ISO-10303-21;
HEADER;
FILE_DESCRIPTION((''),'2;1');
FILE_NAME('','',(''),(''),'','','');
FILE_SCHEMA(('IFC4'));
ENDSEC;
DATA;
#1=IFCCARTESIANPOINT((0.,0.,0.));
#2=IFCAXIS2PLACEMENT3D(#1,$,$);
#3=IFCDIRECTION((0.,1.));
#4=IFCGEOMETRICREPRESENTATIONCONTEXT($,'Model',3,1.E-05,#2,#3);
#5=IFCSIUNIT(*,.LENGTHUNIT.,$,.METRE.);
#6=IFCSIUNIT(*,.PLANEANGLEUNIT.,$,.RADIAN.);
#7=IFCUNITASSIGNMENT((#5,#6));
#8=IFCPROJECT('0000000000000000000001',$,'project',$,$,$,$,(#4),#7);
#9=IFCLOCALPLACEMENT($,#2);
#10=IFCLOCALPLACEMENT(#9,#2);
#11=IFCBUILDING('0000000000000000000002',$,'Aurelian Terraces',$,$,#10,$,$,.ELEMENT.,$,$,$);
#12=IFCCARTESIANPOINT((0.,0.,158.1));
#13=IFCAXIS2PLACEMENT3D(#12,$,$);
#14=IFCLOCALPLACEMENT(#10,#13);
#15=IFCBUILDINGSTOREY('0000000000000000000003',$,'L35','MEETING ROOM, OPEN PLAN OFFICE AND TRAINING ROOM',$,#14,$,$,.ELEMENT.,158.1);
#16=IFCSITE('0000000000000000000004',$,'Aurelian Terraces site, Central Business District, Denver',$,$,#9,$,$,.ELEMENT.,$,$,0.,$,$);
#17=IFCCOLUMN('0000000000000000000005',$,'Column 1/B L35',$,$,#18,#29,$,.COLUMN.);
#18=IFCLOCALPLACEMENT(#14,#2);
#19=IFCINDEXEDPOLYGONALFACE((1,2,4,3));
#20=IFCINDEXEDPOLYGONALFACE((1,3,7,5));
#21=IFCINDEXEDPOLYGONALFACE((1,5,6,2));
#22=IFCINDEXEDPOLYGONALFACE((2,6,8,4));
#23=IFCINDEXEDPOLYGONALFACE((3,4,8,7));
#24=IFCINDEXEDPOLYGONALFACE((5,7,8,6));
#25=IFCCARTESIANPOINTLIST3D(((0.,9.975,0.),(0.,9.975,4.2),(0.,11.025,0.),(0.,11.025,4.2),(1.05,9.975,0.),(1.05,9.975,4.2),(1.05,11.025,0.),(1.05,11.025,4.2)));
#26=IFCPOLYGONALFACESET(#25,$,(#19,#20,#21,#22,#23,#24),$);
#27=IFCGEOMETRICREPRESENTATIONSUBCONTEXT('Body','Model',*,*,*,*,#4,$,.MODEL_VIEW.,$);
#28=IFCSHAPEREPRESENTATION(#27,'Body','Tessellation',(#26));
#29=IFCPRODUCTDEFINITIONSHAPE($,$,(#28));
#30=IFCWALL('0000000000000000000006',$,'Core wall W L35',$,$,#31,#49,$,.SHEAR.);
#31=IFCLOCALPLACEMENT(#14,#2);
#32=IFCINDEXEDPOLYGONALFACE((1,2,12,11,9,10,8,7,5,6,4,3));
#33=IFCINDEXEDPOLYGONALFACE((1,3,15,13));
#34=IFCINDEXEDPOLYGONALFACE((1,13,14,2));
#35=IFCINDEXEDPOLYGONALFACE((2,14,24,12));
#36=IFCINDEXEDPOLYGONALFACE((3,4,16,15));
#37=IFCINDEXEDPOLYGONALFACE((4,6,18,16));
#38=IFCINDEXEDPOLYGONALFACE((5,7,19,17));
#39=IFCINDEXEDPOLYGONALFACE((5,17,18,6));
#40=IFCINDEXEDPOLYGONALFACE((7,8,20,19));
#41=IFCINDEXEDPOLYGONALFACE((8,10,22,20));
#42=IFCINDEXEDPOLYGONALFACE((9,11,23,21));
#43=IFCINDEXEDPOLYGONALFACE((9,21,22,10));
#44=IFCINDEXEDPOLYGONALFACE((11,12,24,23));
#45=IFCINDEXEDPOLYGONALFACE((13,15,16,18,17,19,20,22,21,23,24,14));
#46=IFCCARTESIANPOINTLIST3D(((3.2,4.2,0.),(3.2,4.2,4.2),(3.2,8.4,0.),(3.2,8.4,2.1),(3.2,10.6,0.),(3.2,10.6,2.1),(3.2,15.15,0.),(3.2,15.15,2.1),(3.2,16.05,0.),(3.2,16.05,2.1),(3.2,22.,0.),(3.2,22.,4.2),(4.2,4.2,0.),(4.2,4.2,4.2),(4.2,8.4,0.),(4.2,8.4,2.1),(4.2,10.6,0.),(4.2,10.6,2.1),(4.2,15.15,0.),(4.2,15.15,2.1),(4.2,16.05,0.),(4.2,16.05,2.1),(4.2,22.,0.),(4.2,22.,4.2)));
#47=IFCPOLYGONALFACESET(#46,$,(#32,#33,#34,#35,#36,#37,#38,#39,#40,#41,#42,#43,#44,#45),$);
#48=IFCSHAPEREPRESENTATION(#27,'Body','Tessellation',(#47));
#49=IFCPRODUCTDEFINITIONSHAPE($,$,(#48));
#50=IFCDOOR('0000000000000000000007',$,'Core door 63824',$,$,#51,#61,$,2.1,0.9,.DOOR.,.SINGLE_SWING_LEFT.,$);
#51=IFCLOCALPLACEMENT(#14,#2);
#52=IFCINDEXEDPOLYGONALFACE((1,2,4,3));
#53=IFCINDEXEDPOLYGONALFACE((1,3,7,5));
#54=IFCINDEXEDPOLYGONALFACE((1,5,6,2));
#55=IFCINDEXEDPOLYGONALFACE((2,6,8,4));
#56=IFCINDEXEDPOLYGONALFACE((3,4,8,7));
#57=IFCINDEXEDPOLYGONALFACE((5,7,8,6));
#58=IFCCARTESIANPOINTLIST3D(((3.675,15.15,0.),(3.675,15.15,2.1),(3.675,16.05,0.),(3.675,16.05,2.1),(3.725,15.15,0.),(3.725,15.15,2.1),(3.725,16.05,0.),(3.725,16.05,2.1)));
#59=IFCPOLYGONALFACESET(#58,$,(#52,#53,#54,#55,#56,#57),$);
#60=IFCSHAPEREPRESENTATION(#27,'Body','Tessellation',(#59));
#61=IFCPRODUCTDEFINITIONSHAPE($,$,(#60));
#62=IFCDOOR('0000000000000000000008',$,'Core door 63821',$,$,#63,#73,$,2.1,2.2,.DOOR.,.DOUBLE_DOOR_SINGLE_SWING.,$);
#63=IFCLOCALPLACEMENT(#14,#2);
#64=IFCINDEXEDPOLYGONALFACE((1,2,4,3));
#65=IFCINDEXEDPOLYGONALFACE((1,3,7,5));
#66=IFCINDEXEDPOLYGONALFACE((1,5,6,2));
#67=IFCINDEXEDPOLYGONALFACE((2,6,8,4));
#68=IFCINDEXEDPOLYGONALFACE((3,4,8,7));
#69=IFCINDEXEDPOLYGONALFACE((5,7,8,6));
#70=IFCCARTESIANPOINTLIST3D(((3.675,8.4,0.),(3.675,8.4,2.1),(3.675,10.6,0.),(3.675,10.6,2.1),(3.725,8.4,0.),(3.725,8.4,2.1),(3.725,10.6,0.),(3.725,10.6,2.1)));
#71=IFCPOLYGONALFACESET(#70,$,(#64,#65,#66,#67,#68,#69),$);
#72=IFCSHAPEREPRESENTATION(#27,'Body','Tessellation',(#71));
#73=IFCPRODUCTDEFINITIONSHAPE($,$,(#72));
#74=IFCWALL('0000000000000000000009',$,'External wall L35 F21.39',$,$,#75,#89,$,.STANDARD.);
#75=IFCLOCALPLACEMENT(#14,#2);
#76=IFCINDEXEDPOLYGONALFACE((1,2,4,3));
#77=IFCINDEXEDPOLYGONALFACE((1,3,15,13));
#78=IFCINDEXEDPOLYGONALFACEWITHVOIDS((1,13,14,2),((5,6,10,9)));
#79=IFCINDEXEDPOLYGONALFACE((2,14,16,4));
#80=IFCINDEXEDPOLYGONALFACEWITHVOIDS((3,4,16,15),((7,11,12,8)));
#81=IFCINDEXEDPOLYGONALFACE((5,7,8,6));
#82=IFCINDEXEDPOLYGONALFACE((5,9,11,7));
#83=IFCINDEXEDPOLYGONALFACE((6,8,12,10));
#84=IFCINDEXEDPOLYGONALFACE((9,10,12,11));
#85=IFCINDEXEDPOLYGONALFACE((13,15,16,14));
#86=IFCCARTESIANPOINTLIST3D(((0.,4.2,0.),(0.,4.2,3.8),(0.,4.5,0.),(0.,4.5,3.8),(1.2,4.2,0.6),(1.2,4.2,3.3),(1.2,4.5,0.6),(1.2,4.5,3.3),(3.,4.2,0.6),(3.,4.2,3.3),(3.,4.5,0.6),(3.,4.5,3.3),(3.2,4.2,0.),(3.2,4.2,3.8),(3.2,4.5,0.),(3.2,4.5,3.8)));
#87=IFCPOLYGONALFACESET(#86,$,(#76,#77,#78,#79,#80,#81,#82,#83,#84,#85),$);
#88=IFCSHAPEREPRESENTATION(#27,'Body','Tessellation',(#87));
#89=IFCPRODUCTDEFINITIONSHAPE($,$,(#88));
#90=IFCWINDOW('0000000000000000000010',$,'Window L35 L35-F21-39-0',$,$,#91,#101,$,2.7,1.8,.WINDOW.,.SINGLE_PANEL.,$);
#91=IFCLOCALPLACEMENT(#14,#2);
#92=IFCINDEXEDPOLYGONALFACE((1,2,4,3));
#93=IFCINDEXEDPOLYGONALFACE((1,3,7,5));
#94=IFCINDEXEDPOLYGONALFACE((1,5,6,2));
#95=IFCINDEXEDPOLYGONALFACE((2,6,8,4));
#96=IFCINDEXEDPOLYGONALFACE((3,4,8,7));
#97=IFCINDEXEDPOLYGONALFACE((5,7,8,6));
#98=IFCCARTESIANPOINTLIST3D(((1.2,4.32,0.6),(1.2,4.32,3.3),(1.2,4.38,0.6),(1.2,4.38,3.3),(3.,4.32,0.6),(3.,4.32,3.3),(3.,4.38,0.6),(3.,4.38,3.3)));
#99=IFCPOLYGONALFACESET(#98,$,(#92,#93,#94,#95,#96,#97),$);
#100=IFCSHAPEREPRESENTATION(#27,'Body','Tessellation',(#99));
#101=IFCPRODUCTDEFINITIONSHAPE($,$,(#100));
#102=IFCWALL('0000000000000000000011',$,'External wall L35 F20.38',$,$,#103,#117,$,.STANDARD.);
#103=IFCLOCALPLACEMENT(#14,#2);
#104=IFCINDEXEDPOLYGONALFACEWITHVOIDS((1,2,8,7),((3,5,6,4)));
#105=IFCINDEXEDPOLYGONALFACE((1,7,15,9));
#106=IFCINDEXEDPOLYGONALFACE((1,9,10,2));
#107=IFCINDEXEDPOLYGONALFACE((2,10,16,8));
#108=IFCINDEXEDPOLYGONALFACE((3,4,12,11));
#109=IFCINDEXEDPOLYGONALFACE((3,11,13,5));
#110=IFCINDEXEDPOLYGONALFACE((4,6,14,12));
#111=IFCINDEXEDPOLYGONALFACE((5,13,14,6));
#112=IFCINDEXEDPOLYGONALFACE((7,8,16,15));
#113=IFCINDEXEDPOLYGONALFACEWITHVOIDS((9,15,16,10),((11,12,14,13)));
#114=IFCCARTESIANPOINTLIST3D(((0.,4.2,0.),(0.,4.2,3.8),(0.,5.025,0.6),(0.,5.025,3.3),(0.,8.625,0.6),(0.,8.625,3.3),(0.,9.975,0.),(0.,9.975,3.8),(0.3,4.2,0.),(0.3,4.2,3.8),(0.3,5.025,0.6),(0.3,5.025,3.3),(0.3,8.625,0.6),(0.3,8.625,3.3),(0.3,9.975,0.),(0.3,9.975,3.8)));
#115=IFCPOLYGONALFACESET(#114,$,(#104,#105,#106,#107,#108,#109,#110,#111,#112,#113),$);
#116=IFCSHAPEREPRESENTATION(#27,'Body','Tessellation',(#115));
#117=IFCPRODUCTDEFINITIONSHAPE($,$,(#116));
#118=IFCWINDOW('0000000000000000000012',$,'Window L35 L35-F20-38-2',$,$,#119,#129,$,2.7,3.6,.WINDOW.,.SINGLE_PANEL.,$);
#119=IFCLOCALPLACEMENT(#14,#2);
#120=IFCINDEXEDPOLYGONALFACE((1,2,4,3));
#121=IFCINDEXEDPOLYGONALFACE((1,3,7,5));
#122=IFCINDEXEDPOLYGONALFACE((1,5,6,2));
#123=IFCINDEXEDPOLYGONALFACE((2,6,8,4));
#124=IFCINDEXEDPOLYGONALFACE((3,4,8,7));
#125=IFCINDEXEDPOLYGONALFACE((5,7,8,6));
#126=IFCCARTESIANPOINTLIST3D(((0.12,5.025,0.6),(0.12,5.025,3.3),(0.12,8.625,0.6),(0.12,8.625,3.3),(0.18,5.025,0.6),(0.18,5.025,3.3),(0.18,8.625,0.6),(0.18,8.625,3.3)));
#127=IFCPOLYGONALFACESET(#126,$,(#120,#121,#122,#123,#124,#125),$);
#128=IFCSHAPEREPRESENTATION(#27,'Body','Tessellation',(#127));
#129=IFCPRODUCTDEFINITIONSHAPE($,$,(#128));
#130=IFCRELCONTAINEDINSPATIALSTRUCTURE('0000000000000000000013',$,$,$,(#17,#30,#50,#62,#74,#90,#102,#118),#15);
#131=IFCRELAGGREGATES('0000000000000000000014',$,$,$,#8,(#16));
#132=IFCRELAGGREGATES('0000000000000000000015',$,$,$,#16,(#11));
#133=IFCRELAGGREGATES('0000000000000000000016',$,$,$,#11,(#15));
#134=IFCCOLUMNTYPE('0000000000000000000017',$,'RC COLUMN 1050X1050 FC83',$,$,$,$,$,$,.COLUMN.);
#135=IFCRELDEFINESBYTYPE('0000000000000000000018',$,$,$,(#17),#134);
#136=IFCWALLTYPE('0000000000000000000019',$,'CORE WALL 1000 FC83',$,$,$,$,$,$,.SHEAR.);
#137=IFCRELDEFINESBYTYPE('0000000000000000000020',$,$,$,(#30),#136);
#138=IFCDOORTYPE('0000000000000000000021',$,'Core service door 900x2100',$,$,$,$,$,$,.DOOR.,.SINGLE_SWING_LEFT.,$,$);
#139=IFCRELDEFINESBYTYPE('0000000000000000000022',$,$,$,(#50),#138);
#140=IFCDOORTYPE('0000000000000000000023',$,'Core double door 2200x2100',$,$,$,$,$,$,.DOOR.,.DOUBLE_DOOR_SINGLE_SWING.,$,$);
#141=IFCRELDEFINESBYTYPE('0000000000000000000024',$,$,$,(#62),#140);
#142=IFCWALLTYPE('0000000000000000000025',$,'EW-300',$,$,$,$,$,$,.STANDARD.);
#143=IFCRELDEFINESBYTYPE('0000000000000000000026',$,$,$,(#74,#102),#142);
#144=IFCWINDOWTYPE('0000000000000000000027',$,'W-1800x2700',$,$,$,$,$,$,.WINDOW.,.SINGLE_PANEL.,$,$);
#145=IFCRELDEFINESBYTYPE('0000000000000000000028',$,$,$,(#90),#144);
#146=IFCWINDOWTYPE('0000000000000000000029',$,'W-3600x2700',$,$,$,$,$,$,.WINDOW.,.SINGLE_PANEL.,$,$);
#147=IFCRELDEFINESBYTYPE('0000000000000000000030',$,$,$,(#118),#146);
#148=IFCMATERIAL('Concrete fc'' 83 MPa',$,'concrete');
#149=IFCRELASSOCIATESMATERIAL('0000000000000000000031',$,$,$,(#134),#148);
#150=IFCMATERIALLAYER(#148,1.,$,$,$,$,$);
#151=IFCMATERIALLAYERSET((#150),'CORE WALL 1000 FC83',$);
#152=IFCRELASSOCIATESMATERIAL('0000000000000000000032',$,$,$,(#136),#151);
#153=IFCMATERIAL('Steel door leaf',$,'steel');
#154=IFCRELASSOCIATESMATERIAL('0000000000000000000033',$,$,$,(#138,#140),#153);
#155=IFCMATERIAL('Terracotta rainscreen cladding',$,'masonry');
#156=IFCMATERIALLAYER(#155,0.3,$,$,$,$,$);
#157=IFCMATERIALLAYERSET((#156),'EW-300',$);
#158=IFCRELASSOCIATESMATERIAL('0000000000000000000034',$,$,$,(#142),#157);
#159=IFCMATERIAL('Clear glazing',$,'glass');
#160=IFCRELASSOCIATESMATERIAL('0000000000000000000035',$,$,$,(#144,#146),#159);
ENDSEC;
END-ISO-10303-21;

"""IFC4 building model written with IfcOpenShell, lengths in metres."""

from ifc_helpers import new_model, si_unit, direction, frame, frame_2d, origin, origin_2d, place, context, subcontext, project, spatial, rectangle, extrude, source, transform, mapped, material, layer, layer_set, material_profile, profile_set, type_object, element, fill, save


model = new_model("IFC4")

# Units and contexts
model_context = context("Model", 3, precision=1e-05, world=origin(), true_north=direction((0.0, 1.0)))
body_context = subcontext(model_context, "Body", "Model", "MODEL_VIEW")
ifc_project = project(units=[si_unit("LENGTHUNIT", "METRE"), si_unit("PLANEANGLEUNIT", "RADIAN")], contexts=[model_context])

# Site, building, storey
site_placement = place(None, origin())
site = spatial("IfcSite", under=ifc_project, at=site_placement, Name="Aurelian Terraces site, Central Business District, Denver", CompositionType="ELEMENT", RefElevation=0.0)
building_placement = place(site_placement, origin())
building = spatial("IfcBuilding", under=site, at=building_placement, Name="Aurelian Terraces", CompositionType="ELEMENT")
storey_placement = place(building_placement, frame((0.0, 0.0, 158.1)))
storey = spatial("IfcBuildingStorey", under=building, at=storey_placement, Name="L35", Description="MEETING ROOM, OPEN PLAN OFFICE AND TRAINING ROOM", CompositionType="ELEMENT", Elevation=158.1)

# Column
ifc_material_1 = material(Name="Concrete fc' 83 MPa", Category="concrete")
ifc_material_profile = material_profile(ifc_material_1, rectangle(XDim=1.05, YDim=1.05, at=origin_2d()))
ifc_profile_set = profile_set([ifc_material_profile], Name="Concrete fc' 83 MPa")
column_type = type_object("IfcColumnType", Name="RC COLUMN 1050X1050 FC83", PredefinedType="COLUMN", material=ifc_profile_set)
shared_shape_1 = source(origin(), body_context, "Body", "SweptSolid", [
    extrude(rectangle(XDim=1.05, YDim=1.05, at=origin_2d()), origin(), (0.0, 0.0, 1.0), 4.2),
])
column_placement = place(storey_placement, frame((0.525, 10.5, 0.0), z_axis=(0.0, 0.0, 1.0), x_axis=(1.0, 0.0, 0.0)))
element("IfcColumn", 1, at=column_placement, inside=storey, type_object=column_type, Name="Column 1/B L35", PredefinedType="COLUMN", context=body_context, shape_type="MappedRepresentation", body=[
    mapped(shared_shape_1, transform((0.0, 0.0, 0.0), scale=1.0)),
])

# Wall, openings, doors
ifc_layer_1 = layer(ifc_material_1, 1.0)
ifc_layer_set_1 = layer_set([ifc_layer_1], Name="CORE WALL 1000 FC83")
wall_type_1 = type_object("IfcWallType", Name="CORE WALL 1000 FC83", PredefinedType="SHEAR", material=ifc_layer_set_1)
shared_shape_2 = source(origin(), body_context, "Body", "SweptSolid", [
    extrude(rectangle(XDim=17.8, YDim=1.0, at=frame_2d((8.9, 0.0))), origin(), (0.0, 0.0, 1.0), 4.2),
])
wall_1_placement = place(storey_placement, frame((3.7, 4.2, 0.0), z_axis=(0.0, 0.0, 1.0), x_axis=(0.0, 1.0, 0.0)))
wall_1 = element("IfcWall", 2, at=wall_1_placement, inside=storey, type_object=wall_type_1, Name="Core wall W L35", PredefinedType="SHEAR", context=body_context, shape_type="MappedRepresentation", body=[
    mapped(shared_shape_2, transform((0.0, 0.0, 0.0), scale=1.0)),
])
shared_shape_3 = source(origin(), body_context, "Body", "SweptSolid", [
    extrude(rectangle(XDim=2.2, YDim=2.1, at=frame_2d((1.1, 1.05))), frame((0.0, 0.51, 0.0), z_axis=(0.0, -1.0, 0.0), x_axis=(1.0, 0.0, 0.0)), (0.0, 0.0, 1.0), 1.02),
])
opening_1_placement = place(wall_1_placement, frame((4.2, 0.0, 0.0)))
opening_1 = element("IfcOpeningElement", 3, at=opening_1_placement, cuts=wall_1, PredefinedType="OPENING", context=body_context, shape_type="MappedRepresentation", body=[
    mapped(shared_shape_3, transform((0.0, 0.0, 0.0), scale=1.0)),
])
shared_shape_4 = source(origin(), body_context, "Body", "SweptSolid", [
    extrude(rectangle(XDim=0.9, YDim=2.1, at=frame_2d((0.45, 1.05))), frame((0.0, 0.51, 0.0), z_axis=(0.0, -1.0, 0.0), x_axis=(1.0, 0.0, 0.0)), (0.0, 0.0, 1.0), 1.02),
])
opening_2_placement = place(wall_1_placement, frame((10.95, 0.0, 0.0)))
opening_2 = element("IfcOpeningElement", 4, at=opening_2_placement, cuts=wall_1, PredefinedType="OPENING", context=body_context, shape_type="MappedRepresentation", body=[
    mapped(shared_shape_4, transform((0.0, 0.0, 0.0), scale=1.0)),
])
ifc_material_2 = material(Name="Steel door leaf", Category="steel")
door_type_1 = type_object("IfcDoorType", Name="Core service door 900x2100", OperationType="SINGLE_SWING_LEFT", PredefinedType="DOOR", material=ifc_material_2)
shared_shape_5 = source(origin(), body_context, "Body", "SweptSolid", [
    extrude(rectangle(XDim=0.9, YDim=2.1, at=frame_2d((0.45, 1.05))), frame((0.0, 0.025, 0.0), z_axis=(0.0, -1.0, 0.0), x_axis=(1.0, 0.0, 0.0)), (0.0, 0.0, 1.0), 0.05),
])
door_1_placement = place(opening_2_placement, origin())
door_1 = element("IfcDoor", 5, at=door_1_placement, inside=storey, type_object=door_type_1, Name="Core door 63824", OperationType="SINGLE_SWING_LEFT", OverallHeight=2.1, OverallWidth=0.9, PredefinedType="DOOR", context=body_context, shape_type="MappedRepresentation", body=[
    mapped(shared_shape_5, transform((0.0, 0.0, 0.0), scale=1.0)),
])
fill(opening_2, door_1)
door_type_2 = type_object("IfcDoorType", Name="Core double door 2200x2100", OperationType="DOUBLE_DOOR_SINGLE_SWING", PredefinedType="DOOR", material=ifc_material_2)
shared_shape_6 = source(origin(), body_context, "Body", "SweptSolid", [
    extrude(rectangle(XDim=2.2, YDim=2.1, at=frame_2d((1.1, 1.05))), frame((0.0, 0.025, 0.0), z_axis=(0.0, -1.0, 0.0), x_axis=(1.0, 0.0, 0.0)), (0.0, 0.0, 1.0), 0.05),
])
door_2_placement = place(opening_1_placement, origin())
door_2 = element("IfcDoor", 6, at=door_2_placement, inside=storey, type_object=door_type_2, Name="Core door 63821", OperationType="DOUBLE_DOOR_SINGLE_SWING", OverallHeight=2.1, OverallWidth=2.2, PredefinedType="DOOR", context=body_context, shape_type="MappedRepresentation", body=[
    mapped(shared_shape_6, transform((0.0, 0.0, 0.0), scale=1.0)),
])
fill(opening_1, door_2)

# Walls, openings, windows
ifc_material_3 = material(Name="Terracotta rainscreen cladding", Category="masonry")
ifc_layer_2 = layer(ifc_material_3, 0.3)
ifc_layer_set_2 = layer_set([ifc_layer_2], Name="EW-300")
wall_type_2 = type_object("IfcWallType", Name="EW-300", PredefinedType="STANDARD", material=ifc_layer_set_2)
shared_shape_7 = source(origin(), body_context, "Body", "SweptSolid", [
    extrude(rectangle(XDim=3.2, YDim=0.3, at=frame_2d((1.6, 0.0))), origin(), (0.0, 0.0, 1.0), 3.8),
])
wall_2_placement = place(storey_placement, frame((0.0, 4.35, 0.0), z_axis=(0.0, 0.0, 1.0), x_axis=(1.0, 0.0, 0.0)))
wall_2 = element("IfcWall", 7, at=wall_2_placement, inside=storey, type_object=wall_type_2, Name="External wall L35 F21.39", PredefinedType="STANDARD", context=body_context, shape_type="MappedRepresentation", body=[
    mapped(shared_shape_7, transform((0.0, 0.0, 0.0), scale=1.0)),
])
shared_shape_8 = source(origin(), body_context, "Body", "SweptSolid", [
    extrude(rectangle(XDim=1.8, YDim=2.7, at=frame_2d((0.9, 1.35))), frame((0.0, 0.16, 0.0), z_axis=(0.0, -1.0, 0.0), x_axis=(1.0, 0.0, 0.0)), (0.0, 0.0, 1.0), 0.32),
])
opening_3_placement = place(wall_2_placement, frame((1.2, 0.0, 0.6)))
opening_3 = element("IfcOpeningElement", 8, at=opening_3_placement, cuts=wall_2, PredefinedType="OPENING", context=body_context, shape_type="MappedRepresentation", body=[
    mapped(shared_shape_8, transform((0.0, 0.0, 0.0), scale=1.0)),
])
ifc_material_4 = material(Name="Clear glazing", Category="glass")
window_type_1 = type_object("IfcWindowType", Name="W-1800x2700", PartitioningType="SINGLE_PANEL", PredefinedType="WINDOW", material=ifc_material_4)
shared_shape_9 = source(origin(), body_context, "Body", "SweptSolid", [
    extrude(rectangle(XDim=1.8, YDim=2.7, at=frame_2d((0.9, 1.35))), frame((0.0, 0.03, 0.0), z_axis=(0.0, -1.0, 0.0), x_axis=(1.0, 0.0, 0.0)), (0.0, 0.0, 1.0), 0.06),
])
window_1_placement = place(opening_3_placement, origin())
window_1 = element("IfcWindow", 9, at=window_1_placement, inside=storey, type_object=window_type_1, Name="Window L35 L35-F21-39-0", OverallHeight=2.7, OverallWidth=1.8, PartitioningType="SINGLE_PANEL", PredefinedType="WINDOW", context=body_context, shape_type="MappedRepresentation", body=[
    mapped(shared_shape_9, transform((0.0, 0.0, 0.0), scale=1.0)),
])
fill(opening_3, window_1)
shared_shape_10 = source(origin(), body_context, "Body", "SweptSolid", [
    extrude(rectangle(XDim=5.775, YDim=0.3, at=frame_2d((2.8875, 0.0))), origin(), (0.0, 0.0, 1.0), 3.8),
])
wall_3_placement = place(storey_placement, frame((0.15, 9.975, 0.0), z_axis=(0.0, 0.0, 1.0), x_axis=(0.0, -1.0, 0.0)))
wall_3 = element("IfcWall", 10, at=wall_3_placement, inside=storey, type_object=wall_type_2, Name="External wall L35 F20.38", PredefinedType="STANDARD", context=body_context, shape_type="MappedRepresentation", body=[
    mapped(shared_shape_10, transform((0.0, 0.0, 0.0), scale=1.0)),
])
shared_shape_11 = source(origin(), body_context, "Body", "SweptSolid", [
    extrude(rectangle(XDim=3.6, YDim=2.7, at=frame_2d((1.8, 1.35))), frame((0.0, 0.16, 0.0), z_axis=(0.0, -1.0, 0.0), x_axis=(1.0, 0.0, 0.0)), (0.0, 0.0, 1.0), 0.32),
])
opening_4_placement = place(wall_3_placement, frame((1.35, 0.0, 0.6)))
opening_4 = element("IfcOpeningElement", 11, at=opening_4_placement, cuts=wall_3, PredefinedType="OPENING", context=body_context, shape_type="MappedRepresentation", body=[
    mapped(shared_shape_11, transform((0.0, 0.0, 0.0), scale=1.0)),
])
window_type_2 = type_object("IfcWindowType", Name="W-3600x2700", PartitioningType="SINGLE_PANEL", PredefinedType="WINDOW", material=ifc_material_4)
shared_shape_12 = source(origin(), body_context, "Body", "SweptSolid", [
    extrude(rectangle(XDim=3.6, YDim=2.7, at=frame_2d((1.8, 1.35))), frame((0.0, 0.03, 0.0), z_axis=(0.0, -1.0, 0.0), x_axis=(1.0, 0.0, 0.0)), (0.0, 0.0, 1.0), 0.06),
])
window_2_placement = place(opening_4_placement, origin())
window_2 = element("IfcWindow", 12, at=window_2_placement, inside=storey, type_object=window_type_2, Name="Window L35 L35-F20-38-2", OverallHeight=2.7, OverallWidth=3.6, PartitioningType="SINGLE_PANEL", PredefinedType="WINDOW", context=body_context, shape_type="MappedRepresentation", body=[
    mapped(shared_shape_12, transform((0.0, 0.0, 0.0), scale=1.0)),
])
fill(opening_4, window_2)

save(model, "model.ifc")
